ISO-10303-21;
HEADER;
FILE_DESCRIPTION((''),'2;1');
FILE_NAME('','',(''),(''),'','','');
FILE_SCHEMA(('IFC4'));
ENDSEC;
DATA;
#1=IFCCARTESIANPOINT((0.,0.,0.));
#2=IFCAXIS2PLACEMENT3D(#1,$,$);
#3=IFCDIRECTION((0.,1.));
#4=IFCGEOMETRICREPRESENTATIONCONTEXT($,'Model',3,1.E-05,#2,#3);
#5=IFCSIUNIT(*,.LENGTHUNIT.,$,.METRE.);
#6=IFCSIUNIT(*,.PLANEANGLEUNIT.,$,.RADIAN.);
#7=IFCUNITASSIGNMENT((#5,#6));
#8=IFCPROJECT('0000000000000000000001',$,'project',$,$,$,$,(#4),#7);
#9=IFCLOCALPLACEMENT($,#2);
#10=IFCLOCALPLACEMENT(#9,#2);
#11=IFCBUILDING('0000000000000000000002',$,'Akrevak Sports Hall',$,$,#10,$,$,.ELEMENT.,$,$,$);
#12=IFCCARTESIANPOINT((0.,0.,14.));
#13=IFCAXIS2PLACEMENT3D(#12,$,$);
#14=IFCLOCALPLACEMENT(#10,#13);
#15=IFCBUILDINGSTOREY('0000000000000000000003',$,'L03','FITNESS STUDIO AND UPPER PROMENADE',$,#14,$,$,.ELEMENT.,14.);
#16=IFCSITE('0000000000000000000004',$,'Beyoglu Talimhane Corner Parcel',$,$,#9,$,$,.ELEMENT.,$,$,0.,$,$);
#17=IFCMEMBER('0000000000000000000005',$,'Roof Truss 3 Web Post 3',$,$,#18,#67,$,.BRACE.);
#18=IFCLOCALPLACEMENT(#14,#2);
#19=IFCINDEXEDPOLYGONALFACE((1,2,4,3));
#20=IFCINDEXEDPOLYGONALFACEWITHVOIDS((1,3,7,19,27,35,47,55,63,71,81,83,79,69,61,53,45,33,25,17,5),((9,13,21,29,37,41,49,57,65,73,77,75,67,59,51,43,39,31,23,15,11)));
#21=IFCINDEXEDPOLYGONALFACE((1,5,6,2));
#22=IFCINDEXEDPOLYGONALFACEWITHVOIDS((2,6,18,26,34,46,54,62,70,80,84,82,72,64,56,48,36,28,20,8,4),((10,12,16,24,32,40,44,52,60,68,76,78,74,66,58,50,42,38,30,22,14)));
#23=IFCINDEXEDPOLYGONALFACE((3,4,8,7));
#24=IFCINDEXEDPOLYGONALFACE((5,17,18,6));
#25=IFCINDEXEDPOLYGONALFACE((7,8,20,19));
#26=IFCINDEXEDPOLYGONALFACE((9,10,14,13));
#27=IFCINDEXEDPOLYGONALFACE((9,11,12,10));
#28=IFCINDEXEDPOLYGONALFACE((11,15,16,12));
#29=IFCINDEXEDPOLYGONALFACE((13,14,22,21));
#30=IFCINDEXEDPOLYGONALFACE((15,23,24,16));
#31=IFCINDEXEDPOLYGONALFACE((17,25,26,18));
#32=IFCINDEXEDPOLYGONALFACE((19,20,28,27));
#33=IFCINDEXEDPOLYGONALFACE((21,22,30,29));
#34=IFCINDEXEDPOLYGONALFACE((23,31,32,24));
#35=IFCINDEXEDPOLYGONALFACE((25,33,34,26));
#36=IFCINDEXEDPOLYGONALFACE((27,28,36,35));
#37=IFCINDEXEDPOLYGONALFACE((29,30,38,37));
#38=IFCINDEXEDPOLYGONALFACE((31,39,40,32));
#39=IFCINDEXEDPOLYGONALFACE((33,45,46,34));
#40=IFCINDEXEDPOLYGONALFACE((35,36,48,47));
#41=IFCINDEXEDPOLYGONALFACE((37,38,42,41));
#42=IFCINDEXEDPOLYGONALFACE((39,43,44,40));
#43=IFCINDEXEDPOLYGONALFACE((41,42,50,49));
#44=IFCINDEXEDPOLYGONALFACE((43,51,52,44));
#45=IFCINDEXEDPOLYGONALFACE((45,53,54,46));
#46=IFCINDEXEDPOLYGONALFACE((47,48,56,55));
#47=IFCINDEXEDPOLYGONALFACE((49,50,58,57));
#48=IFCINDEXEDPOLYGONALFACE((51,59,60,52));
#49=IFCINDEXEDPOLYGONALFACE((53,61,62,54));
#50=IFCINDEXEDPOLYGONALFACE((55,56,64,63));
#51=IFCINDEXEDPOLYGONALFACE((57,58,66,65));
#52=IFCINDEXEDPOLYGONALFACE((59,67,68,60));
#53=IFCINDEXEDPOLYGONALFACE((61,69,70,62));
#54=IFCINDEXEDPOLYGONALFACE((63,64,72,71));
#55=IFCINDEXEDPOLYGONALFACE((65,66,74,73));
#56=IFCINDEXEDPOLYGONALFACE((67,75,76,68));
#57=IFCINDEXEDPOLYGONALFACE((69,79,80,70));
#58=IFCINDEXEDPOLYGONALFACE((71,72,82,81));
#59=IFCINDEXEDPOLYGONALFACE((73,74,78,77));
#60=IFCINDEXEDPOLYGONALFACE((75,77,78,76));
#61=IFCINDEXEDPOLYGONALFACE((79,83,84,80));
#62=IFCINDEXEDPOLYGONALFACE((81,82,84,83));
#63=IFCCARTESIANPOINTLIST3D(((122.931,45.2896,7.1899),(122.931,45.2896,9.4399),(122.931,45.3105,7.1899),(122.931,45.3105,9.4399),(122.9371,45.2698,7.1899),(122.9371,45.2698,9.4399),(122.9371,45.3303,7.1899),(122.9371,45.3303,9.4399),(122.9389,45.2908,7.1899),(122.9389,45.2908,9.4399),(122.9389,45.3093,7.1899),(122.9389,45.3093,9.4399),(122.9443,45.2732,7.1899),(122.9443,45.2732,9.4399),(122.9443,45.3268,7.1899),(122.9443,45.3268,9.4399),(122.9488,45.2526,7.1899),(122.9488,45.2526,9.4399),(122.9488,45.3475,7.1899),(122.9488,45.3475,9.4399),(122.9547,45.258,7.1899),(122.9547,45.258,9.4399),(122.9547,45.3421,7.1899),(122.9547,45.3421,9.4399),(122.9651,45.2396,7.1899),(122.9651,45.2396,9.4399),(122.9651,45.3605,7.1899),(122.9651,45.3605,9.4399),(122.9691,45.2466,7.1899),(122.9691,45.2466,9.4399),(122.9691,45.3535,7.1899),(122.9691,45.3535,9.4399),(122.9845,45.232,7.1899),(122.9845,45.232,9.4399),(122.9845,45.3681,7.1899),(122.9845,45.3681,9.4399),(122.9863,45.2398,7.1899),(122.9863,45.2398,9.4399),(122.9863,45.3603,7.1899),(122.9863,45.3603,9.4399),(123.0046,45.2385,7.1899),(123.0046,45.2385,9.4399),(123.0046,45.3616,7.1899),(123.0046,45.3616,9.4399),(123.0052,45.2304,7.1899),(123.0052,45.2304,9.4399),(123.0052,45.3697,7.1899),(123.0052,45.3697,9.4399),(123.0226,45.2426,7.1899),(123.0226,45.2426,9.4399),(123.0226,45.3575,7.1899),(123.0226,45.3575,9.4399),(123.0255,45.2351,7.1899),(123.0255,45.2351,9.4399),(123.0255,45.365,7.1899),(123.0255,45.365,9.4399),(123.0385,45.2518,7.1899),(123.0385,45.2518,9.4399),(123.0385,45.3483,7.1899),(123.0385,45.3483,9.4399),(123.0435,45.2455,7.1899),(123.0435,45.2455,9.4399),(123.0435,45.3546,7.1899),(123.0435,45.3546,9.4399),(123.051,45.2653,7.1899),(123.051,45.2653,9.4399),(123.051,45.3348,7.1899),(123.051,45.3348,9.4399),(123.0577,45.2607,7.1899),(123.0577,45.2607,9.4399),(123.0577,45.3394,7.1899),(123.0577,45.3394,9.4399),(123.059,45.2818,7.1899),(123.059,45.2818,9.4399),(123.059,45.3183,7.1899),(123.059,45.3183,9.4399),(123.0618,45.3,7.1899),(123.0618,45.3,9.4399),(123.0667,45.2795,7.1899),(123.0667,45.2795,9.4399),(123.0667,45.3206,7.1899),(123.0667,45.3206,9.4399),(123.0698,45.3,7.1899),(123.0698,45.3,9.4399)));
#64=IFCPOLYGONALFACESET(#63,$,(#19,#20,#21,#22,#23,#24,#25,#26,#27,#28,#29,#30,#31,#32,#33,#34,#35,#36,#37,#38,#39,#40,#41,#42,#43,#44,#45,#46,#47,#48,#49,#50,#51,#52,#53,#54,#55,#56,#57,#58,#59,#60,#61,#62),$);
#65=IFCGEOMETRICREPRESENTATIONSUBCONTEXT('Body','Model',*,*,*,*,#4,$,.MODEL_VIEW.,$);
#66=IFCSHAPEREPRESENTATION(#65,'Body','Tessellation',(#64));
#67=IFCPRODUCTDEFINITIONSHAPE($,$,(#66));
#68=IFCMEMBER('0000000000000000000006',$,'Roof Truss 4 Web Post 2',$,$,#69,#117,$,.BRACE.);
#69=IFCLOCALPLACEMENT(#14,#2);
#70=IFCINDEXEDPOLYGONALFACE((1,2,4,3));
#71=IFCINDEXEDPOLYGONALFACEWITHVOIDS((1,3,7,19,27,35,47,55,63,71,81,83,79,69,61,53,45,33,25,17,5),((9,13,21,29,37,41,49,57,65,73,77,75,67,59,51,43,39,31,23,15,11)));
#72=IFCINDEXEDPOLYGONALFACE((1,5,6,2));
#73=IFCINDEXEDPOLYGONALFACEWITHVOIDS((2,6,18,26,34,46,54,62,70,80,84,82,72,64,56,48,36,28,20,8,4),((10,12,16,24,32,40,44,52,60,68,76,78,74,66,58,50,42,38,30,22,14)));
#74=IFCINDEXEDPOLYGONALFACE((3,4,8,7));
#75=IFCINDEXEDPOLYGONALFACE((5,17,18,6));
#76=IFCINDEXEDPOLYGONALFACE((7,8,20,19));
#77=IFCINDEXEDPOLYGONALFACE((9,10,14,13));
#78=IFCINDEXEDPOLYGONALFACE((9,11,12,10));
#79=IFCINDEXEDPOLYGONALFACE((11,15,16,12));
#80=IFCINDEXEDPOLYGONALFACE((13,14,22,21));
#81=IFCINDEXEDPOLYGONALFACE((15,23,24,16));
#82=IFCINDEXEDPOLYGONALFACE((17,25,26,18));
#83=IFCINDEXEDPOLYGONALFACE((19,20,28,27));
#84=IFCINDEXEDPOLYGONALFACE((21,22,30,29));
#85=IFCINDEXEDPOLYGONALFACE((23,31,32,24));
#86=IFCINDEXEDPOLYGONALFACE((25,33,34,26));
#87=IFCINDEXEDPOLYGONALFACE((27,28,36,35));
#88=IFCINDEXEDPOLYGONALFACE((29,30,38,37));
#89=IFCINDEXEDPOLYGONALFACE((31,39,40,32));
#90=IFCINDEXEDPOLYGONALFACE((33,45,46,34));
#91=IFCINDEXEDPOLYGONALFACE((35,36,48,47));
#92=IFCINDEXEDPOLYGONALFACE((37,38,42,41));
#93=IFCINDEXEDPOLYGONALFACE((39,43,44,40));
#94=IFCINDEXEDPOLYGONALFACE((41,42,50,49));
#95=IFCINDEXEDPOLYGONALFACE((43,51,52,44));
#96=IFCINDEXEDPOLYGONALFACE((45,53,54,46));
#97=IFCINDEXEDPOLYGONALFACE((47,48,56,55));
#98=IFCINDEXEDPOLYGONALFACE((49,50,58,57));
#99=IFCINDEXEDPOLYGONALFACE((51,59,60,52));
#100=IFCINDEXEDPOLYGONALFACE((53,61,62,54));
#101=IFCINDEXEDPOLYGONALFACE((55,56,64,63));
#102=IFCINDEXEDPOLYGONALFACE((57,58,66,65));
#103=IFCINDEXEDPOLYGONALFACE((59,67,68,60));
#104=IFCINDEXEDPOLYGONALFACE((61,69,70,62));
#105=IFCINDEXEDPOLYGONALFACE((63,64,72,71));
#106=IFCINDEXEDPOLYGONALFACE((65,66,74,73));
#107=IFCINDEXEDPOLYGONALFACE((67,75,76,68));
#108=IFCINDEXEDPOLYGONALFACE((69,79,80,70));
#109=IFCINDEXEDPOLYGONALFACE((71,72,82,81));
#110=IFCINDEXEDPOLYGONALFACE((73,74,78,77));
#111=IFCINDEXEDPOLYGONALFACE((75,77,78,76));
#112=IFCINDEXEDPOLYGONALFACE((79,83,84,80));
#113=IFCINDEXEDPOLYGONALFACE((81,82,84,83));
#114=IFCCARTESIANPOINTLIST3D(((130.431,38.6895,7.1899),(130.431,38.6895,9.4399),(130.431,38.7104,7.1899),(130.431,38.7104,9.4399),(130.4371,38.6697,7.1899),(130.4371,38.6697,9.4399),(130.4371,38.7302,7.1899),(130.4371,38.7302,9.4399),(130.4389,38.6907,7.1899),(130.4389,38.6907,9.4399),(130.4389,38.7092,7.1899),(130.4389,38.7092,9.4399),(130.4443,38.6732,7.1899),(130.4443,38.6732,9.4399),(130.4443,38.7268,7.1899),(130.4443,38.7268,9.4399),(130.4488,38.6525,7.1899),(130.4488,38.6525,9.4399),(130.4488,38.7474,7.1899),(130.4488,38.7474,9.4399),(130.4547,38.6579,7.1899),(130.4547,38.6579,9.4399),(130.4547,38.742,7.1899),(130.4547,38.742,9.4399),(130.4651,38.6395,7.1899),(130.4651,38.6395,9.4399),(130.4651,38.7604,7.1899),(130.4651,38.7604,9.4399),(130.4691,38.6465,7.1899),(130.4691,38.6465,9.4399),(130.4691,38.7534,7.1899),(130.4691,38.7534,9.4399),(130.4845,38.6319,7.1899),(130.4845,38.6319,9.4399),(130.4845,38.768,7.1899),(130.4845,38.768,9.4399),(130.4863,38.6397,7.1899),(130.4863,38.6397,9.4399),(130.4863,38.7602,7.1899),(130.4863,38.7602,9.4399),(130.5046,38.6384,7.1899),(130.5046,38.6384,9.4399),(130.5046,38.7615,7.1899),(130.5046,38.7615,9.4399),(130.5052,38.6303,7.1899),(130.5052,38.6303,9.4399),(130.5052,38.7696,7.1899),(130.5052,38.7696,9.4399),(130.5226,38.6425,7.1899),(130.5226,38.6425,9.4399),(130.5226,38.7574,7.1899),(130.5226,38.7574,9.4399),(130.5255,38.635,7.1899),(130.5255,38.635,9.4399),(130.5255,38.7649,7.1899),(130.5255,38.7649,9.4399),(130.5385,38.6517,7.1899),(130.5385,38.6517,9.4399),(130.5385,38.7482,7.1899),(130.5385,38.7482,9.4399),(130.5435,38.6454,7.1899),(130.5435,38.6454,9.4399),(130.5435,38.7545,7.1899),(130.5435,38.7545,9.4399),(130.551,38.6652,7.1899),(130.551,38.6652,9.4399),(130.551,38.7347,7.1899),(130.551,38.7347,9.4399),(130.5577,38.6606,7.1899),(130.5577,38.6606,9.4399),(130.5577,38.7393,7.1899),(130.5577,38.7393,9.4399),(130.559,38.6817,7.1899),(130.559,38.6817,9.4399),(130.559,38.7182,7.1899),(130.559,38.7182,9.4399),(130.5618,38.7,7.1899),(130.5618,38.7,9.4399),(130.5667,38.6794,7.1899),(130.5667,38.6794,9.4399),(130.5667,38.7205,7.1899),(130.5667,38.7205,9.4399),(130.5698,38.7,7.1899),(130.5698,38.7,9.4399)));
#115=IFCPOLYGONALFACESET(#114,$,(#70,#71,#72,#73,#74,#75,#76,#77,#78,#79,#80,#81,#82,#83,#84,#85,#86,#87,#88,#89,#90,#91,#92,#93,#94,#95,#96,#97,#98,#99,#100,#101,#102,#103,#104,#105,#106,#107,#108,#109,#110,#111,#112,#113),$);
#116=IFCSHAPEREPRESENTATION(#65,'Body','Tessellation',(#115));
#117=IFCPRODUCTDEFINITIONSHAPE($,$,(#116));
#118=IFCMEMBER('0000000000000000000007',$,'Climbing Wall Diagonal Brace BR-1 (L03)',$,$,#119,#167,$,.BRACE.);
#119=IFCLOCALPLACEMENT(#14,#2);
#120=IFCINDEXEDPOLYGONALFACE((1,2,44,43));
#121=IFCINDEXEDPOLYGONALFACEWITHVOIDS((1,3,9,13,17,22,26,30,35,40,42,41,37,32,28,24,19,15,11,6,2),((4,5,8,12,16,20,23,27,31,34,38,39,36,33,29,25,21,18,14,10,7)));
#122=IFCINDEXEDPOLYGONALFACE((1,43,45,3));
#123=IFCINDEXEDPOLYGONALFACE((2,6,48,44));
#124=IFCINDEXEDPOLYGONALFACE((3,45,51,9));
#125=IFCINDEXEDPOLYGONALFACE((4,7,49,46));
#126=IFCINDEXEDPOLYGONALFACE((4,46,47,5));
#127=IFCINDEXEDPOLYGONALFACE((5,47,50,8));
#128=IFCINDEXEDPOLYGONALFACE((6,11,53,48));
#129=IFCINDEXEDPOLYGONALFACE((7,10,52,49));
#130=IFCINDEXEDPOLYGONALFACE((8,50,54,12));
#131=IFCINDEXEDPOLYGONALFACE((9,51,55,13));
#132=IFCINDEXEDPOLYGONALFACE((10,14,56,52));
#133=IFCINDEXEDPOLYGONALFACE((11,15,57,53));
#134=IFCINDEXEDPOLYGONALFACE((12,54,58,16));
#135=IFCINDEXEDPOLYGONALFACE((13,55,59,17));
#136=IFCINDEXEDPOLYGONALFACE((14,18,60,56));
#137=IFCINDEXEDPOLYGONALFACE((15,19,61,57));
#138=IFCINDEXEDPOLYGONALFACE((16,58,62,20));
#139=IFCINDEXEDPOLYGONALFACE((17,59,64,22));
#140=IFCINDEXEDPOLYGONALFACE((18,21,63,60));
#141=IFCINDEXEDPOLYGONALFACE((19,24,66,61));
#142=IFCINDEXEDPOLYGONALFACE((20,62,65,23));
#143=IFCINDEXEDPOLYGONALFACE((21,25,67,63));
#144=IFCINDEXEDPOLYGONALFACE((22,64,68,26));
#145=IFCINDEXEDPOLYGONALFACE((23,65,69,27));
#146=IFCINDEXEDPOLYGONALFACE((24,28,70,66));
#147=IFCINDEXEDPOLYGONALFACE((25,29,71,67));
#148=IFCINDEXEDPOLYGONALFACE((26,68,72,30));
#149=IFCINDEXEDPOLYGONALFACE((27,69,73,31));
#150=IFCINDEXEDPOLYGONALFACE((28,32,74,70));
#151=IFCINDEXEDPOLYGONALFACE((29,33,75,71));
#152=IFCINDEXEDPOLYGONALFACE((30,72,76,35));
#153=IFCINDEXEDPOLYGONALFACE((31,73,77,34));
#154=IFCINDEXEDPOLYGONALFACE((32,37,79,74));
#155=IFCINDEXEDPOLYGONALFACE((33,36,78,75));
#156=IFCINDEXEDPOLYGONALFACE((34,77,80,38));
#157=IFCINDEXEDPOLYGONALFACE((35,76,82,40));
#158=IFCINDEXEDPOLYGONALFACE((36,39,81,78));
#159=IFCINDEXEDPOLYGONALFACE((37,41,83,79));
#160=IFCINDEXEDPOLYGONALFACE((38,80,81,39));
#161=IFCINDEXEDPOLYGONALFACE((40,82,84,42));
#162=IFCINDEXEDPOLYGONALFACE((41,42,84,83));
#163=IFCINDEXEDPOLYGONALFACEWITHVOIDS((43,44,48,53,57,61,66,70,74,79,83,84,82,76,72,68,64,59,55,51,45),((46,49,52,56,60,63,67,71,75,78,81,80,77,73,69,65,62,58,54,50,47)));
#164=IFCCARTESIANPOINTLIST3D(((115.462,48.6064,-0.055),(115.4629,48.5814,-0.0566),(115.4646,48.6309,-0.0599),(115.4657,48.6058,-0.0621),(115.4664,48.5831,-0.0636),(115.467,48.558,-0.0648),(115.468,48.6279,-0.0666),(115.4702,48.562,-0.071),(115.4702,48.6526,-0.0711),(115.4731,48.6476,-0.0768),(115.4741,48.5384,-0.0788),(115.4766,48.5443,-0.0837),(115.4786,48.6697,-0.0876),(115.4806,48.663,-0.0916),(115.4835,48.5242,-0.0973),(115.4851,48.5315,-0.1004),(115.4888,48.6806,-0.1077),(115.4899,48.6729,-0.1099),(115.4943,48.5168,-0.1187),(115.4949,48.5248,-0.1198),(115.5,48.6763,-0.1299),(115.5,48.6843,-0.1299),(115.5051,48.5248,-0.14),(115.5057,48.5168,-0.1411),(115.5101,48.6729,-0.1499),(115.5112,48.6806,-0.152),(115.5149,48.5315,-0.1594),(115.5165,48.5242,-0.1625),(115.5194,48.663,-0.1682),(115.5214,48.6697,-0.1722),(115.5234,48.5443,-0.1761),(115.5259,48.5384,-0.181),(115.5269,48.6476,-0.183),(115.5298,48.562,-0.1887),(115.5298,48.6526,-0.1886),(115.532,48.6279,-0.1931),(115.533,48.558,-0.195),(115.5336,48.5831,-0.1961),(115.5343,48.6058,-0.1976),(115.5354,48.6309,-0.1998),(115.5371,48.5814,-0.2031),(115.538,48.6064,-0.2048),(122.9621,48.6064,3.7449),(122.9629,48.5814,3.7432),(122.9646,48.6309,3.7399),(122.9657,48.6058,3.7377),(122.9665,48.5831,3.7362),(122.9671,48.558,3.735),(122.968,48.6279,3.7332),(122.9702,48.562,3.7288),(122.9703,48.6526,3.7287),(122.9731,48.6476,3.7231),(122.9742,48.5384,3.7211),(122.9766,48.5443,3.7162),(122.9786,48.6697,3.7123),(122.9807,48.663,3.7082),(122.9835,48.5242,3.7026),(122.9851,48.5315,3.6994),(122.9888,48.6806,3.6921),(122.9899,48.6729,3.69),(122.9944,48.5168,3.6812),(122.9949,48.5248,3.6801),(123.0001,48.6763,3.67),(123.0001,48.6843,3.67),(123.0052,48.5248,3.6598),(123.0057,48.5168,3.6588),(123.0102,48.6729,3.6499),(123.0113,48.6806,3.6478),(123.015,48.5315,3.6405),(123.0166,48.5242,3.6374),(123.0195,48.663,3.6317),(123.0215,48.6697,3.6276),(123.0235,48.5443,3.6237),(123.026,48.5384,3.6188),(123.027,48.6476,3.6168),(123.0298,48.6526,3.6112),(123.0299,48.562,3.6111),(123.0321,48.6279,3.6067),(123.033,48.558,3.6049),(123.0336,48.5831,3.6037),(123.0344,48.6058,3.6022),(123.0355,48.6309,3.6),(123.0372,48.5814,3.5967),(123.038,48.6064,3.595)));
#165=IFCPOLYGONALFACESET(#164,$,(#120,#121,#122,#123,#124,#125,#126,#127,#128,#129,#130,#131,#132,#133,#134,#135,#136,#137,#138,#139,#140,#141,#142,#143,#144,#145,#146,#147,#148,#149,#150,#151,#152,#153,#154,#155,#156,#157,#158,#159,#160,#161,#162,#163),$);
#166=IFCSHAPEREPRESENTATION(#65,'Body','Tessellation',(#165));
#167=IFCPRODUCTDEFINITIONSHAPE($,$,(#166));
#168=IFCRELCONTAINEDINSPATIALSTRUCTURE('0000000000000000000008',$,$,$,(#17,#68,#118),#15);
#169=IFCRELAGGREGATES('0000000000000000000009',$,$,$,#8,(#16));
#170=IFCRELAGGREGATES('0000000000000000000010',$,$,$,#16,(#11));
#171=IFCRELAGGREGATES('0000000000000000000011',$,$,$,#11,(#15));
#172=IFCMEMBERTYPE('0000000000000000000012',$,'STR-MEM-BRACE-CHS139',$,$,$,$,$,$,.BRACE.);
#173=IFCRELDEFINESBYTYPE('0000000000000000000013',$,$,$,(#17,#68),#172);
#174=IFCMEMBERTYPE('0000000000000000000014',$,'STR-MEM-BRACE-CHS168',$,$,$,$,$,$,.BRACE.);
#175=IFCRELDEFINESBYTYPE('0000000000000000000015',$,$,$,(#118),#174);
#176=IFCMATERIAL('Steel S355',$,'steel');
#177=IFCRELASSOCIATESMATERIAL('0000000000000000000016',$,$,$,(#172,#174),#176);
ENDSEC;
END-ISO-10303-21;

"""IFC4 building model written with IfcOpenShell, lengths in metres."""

from ifc_helpers import new_model, si_unit, direction, frame, origin, origin_2d, place, context, subcontext, project, spatial, hollow_circle, extrude, material, material_profile, profile_set, type_object, element, save


model = new_model("IFC4")

# Units and contexts
model_context = context("Model", 3, precision=1e-05, world=origin(), true_north=direction((0.0, 1.0)))
body_context = subcontext(model_context, "Body", "Model", "MODEL_VIEW")
ifc_project = project(units=[si_unit("LENGTHUNIT", "METRE"), si_unit("PLANEANGLEUNIT", "RADIAN")], contexts=[model_context])

# Site, building, storey
site_placement = place(None, origin())
site = spatial("IfcSite", under=ifc_project, at=site_placement, Name="Beyoglu Talimhane Corner Parcel", CompositionType="ELEMENT", RefElevation=0.0)
building_placement = place(site_placement, origin())
building = spatial("IfcBuilding", under=site, at=building_placement, Name="Akrevak Sports Hall", CompositionType="ELEMENT")
storey_placement = place(building_placement, frame((0.0, 0.0, 14.0)))
storey = spatial("IfcBuildingStorey", under=building, at=storey_placement, Name="L03", Description="FITNESS STUDIO AND UPPER PROMENADE", CompositionType="ELEMENT", Elevation=14.0)

# Shared definitions
ifc_material_1 = material(Name="Steel S355", Category="steel")

# Members
ifc_material_profile_1 = material_profile(ifc_material_1, hollow_circle(Radius=0.0698, WallThickness=0.0081, at=origin_2d()), Name="CHS 139.7x8", Category="steel")
ifc_profile_set_1 = profile_set([ifc_material_profile_1], Name="Steel S355")
member_type_1 = type_object("IfcMemberType", Name="STR-MEM-BRACE-CHS139", PredefinedType="BRACE", material=ifc_profile_set_1)
for number, where, z_axis, x_axis, name in (
    (1, (123.0, 45.3, 7.1899), (0.0, 0.0, 1.0), (1.0, 0.0, 0.0), "Roof Truss 3 Web Post 3"),
    (2, (130.5, 38.7, 7.1899), (0.0, 0.0, 1.0), (1.0, 0.0, 0.0), "Roof Truss 4 Web Post 2"),
):
    element("IfcMember", number, at=place(storey_placement, frame(where, z_axis=z_axis, x_axis=x_axis)), inside=storey, type_object=member_type_1, Name=name, PredefinedType="BRACE", context=body_context, shape_type="SweptSolid", body=[
        extrude(hollow_circle(Radius=0.0698, WallThickness=0.0081, at=origin_2d()), origin(), (0.0, 0.0, 1.0), 2.25),
    ])
ifc_material_profile_2 = material_profile(ifc_material_1, hollow_circle(Radius=0.0842, WallThickness=0.0081, at=origin_2d()), Name="CHS 168.3x8", Category="steel")
ifc_profile_set_2 = profile_set([ifc_material_profile_2], Name="Steel S355")
member_type_2 = type_object("IfcMemberType", Name="STR-MEM-BRACE-CHS168", PredefinedType="BRACE", material=ifc_profile_set_2)
for number, where, z_axis, x_axis, name in (
    (3, (115.5, 48.6001, -0.1299), (0.892045, 0.0, 0.451946), (0.0, 1.0, 0.0), "Climbing Wall Diagonal Brace BR-1 (L03)"),
):
    element("IfcMember", number, at=place(storey_placement, frame(where, z_axis=z_axis, x_axis=x_axis)), inside=storey, type_object=member_type_2, Name=name, PredefinedType="BRACE", context=body_context, shape_type="SweptSolid", body=[
        extrude(hollow_circle(Radius=0.0842, WallThickness=0.0081, at=origin_2d()), origin(), (0.0, 0.0, 1.0), 8.4077),
    ])

save(model, "model.ifc")
